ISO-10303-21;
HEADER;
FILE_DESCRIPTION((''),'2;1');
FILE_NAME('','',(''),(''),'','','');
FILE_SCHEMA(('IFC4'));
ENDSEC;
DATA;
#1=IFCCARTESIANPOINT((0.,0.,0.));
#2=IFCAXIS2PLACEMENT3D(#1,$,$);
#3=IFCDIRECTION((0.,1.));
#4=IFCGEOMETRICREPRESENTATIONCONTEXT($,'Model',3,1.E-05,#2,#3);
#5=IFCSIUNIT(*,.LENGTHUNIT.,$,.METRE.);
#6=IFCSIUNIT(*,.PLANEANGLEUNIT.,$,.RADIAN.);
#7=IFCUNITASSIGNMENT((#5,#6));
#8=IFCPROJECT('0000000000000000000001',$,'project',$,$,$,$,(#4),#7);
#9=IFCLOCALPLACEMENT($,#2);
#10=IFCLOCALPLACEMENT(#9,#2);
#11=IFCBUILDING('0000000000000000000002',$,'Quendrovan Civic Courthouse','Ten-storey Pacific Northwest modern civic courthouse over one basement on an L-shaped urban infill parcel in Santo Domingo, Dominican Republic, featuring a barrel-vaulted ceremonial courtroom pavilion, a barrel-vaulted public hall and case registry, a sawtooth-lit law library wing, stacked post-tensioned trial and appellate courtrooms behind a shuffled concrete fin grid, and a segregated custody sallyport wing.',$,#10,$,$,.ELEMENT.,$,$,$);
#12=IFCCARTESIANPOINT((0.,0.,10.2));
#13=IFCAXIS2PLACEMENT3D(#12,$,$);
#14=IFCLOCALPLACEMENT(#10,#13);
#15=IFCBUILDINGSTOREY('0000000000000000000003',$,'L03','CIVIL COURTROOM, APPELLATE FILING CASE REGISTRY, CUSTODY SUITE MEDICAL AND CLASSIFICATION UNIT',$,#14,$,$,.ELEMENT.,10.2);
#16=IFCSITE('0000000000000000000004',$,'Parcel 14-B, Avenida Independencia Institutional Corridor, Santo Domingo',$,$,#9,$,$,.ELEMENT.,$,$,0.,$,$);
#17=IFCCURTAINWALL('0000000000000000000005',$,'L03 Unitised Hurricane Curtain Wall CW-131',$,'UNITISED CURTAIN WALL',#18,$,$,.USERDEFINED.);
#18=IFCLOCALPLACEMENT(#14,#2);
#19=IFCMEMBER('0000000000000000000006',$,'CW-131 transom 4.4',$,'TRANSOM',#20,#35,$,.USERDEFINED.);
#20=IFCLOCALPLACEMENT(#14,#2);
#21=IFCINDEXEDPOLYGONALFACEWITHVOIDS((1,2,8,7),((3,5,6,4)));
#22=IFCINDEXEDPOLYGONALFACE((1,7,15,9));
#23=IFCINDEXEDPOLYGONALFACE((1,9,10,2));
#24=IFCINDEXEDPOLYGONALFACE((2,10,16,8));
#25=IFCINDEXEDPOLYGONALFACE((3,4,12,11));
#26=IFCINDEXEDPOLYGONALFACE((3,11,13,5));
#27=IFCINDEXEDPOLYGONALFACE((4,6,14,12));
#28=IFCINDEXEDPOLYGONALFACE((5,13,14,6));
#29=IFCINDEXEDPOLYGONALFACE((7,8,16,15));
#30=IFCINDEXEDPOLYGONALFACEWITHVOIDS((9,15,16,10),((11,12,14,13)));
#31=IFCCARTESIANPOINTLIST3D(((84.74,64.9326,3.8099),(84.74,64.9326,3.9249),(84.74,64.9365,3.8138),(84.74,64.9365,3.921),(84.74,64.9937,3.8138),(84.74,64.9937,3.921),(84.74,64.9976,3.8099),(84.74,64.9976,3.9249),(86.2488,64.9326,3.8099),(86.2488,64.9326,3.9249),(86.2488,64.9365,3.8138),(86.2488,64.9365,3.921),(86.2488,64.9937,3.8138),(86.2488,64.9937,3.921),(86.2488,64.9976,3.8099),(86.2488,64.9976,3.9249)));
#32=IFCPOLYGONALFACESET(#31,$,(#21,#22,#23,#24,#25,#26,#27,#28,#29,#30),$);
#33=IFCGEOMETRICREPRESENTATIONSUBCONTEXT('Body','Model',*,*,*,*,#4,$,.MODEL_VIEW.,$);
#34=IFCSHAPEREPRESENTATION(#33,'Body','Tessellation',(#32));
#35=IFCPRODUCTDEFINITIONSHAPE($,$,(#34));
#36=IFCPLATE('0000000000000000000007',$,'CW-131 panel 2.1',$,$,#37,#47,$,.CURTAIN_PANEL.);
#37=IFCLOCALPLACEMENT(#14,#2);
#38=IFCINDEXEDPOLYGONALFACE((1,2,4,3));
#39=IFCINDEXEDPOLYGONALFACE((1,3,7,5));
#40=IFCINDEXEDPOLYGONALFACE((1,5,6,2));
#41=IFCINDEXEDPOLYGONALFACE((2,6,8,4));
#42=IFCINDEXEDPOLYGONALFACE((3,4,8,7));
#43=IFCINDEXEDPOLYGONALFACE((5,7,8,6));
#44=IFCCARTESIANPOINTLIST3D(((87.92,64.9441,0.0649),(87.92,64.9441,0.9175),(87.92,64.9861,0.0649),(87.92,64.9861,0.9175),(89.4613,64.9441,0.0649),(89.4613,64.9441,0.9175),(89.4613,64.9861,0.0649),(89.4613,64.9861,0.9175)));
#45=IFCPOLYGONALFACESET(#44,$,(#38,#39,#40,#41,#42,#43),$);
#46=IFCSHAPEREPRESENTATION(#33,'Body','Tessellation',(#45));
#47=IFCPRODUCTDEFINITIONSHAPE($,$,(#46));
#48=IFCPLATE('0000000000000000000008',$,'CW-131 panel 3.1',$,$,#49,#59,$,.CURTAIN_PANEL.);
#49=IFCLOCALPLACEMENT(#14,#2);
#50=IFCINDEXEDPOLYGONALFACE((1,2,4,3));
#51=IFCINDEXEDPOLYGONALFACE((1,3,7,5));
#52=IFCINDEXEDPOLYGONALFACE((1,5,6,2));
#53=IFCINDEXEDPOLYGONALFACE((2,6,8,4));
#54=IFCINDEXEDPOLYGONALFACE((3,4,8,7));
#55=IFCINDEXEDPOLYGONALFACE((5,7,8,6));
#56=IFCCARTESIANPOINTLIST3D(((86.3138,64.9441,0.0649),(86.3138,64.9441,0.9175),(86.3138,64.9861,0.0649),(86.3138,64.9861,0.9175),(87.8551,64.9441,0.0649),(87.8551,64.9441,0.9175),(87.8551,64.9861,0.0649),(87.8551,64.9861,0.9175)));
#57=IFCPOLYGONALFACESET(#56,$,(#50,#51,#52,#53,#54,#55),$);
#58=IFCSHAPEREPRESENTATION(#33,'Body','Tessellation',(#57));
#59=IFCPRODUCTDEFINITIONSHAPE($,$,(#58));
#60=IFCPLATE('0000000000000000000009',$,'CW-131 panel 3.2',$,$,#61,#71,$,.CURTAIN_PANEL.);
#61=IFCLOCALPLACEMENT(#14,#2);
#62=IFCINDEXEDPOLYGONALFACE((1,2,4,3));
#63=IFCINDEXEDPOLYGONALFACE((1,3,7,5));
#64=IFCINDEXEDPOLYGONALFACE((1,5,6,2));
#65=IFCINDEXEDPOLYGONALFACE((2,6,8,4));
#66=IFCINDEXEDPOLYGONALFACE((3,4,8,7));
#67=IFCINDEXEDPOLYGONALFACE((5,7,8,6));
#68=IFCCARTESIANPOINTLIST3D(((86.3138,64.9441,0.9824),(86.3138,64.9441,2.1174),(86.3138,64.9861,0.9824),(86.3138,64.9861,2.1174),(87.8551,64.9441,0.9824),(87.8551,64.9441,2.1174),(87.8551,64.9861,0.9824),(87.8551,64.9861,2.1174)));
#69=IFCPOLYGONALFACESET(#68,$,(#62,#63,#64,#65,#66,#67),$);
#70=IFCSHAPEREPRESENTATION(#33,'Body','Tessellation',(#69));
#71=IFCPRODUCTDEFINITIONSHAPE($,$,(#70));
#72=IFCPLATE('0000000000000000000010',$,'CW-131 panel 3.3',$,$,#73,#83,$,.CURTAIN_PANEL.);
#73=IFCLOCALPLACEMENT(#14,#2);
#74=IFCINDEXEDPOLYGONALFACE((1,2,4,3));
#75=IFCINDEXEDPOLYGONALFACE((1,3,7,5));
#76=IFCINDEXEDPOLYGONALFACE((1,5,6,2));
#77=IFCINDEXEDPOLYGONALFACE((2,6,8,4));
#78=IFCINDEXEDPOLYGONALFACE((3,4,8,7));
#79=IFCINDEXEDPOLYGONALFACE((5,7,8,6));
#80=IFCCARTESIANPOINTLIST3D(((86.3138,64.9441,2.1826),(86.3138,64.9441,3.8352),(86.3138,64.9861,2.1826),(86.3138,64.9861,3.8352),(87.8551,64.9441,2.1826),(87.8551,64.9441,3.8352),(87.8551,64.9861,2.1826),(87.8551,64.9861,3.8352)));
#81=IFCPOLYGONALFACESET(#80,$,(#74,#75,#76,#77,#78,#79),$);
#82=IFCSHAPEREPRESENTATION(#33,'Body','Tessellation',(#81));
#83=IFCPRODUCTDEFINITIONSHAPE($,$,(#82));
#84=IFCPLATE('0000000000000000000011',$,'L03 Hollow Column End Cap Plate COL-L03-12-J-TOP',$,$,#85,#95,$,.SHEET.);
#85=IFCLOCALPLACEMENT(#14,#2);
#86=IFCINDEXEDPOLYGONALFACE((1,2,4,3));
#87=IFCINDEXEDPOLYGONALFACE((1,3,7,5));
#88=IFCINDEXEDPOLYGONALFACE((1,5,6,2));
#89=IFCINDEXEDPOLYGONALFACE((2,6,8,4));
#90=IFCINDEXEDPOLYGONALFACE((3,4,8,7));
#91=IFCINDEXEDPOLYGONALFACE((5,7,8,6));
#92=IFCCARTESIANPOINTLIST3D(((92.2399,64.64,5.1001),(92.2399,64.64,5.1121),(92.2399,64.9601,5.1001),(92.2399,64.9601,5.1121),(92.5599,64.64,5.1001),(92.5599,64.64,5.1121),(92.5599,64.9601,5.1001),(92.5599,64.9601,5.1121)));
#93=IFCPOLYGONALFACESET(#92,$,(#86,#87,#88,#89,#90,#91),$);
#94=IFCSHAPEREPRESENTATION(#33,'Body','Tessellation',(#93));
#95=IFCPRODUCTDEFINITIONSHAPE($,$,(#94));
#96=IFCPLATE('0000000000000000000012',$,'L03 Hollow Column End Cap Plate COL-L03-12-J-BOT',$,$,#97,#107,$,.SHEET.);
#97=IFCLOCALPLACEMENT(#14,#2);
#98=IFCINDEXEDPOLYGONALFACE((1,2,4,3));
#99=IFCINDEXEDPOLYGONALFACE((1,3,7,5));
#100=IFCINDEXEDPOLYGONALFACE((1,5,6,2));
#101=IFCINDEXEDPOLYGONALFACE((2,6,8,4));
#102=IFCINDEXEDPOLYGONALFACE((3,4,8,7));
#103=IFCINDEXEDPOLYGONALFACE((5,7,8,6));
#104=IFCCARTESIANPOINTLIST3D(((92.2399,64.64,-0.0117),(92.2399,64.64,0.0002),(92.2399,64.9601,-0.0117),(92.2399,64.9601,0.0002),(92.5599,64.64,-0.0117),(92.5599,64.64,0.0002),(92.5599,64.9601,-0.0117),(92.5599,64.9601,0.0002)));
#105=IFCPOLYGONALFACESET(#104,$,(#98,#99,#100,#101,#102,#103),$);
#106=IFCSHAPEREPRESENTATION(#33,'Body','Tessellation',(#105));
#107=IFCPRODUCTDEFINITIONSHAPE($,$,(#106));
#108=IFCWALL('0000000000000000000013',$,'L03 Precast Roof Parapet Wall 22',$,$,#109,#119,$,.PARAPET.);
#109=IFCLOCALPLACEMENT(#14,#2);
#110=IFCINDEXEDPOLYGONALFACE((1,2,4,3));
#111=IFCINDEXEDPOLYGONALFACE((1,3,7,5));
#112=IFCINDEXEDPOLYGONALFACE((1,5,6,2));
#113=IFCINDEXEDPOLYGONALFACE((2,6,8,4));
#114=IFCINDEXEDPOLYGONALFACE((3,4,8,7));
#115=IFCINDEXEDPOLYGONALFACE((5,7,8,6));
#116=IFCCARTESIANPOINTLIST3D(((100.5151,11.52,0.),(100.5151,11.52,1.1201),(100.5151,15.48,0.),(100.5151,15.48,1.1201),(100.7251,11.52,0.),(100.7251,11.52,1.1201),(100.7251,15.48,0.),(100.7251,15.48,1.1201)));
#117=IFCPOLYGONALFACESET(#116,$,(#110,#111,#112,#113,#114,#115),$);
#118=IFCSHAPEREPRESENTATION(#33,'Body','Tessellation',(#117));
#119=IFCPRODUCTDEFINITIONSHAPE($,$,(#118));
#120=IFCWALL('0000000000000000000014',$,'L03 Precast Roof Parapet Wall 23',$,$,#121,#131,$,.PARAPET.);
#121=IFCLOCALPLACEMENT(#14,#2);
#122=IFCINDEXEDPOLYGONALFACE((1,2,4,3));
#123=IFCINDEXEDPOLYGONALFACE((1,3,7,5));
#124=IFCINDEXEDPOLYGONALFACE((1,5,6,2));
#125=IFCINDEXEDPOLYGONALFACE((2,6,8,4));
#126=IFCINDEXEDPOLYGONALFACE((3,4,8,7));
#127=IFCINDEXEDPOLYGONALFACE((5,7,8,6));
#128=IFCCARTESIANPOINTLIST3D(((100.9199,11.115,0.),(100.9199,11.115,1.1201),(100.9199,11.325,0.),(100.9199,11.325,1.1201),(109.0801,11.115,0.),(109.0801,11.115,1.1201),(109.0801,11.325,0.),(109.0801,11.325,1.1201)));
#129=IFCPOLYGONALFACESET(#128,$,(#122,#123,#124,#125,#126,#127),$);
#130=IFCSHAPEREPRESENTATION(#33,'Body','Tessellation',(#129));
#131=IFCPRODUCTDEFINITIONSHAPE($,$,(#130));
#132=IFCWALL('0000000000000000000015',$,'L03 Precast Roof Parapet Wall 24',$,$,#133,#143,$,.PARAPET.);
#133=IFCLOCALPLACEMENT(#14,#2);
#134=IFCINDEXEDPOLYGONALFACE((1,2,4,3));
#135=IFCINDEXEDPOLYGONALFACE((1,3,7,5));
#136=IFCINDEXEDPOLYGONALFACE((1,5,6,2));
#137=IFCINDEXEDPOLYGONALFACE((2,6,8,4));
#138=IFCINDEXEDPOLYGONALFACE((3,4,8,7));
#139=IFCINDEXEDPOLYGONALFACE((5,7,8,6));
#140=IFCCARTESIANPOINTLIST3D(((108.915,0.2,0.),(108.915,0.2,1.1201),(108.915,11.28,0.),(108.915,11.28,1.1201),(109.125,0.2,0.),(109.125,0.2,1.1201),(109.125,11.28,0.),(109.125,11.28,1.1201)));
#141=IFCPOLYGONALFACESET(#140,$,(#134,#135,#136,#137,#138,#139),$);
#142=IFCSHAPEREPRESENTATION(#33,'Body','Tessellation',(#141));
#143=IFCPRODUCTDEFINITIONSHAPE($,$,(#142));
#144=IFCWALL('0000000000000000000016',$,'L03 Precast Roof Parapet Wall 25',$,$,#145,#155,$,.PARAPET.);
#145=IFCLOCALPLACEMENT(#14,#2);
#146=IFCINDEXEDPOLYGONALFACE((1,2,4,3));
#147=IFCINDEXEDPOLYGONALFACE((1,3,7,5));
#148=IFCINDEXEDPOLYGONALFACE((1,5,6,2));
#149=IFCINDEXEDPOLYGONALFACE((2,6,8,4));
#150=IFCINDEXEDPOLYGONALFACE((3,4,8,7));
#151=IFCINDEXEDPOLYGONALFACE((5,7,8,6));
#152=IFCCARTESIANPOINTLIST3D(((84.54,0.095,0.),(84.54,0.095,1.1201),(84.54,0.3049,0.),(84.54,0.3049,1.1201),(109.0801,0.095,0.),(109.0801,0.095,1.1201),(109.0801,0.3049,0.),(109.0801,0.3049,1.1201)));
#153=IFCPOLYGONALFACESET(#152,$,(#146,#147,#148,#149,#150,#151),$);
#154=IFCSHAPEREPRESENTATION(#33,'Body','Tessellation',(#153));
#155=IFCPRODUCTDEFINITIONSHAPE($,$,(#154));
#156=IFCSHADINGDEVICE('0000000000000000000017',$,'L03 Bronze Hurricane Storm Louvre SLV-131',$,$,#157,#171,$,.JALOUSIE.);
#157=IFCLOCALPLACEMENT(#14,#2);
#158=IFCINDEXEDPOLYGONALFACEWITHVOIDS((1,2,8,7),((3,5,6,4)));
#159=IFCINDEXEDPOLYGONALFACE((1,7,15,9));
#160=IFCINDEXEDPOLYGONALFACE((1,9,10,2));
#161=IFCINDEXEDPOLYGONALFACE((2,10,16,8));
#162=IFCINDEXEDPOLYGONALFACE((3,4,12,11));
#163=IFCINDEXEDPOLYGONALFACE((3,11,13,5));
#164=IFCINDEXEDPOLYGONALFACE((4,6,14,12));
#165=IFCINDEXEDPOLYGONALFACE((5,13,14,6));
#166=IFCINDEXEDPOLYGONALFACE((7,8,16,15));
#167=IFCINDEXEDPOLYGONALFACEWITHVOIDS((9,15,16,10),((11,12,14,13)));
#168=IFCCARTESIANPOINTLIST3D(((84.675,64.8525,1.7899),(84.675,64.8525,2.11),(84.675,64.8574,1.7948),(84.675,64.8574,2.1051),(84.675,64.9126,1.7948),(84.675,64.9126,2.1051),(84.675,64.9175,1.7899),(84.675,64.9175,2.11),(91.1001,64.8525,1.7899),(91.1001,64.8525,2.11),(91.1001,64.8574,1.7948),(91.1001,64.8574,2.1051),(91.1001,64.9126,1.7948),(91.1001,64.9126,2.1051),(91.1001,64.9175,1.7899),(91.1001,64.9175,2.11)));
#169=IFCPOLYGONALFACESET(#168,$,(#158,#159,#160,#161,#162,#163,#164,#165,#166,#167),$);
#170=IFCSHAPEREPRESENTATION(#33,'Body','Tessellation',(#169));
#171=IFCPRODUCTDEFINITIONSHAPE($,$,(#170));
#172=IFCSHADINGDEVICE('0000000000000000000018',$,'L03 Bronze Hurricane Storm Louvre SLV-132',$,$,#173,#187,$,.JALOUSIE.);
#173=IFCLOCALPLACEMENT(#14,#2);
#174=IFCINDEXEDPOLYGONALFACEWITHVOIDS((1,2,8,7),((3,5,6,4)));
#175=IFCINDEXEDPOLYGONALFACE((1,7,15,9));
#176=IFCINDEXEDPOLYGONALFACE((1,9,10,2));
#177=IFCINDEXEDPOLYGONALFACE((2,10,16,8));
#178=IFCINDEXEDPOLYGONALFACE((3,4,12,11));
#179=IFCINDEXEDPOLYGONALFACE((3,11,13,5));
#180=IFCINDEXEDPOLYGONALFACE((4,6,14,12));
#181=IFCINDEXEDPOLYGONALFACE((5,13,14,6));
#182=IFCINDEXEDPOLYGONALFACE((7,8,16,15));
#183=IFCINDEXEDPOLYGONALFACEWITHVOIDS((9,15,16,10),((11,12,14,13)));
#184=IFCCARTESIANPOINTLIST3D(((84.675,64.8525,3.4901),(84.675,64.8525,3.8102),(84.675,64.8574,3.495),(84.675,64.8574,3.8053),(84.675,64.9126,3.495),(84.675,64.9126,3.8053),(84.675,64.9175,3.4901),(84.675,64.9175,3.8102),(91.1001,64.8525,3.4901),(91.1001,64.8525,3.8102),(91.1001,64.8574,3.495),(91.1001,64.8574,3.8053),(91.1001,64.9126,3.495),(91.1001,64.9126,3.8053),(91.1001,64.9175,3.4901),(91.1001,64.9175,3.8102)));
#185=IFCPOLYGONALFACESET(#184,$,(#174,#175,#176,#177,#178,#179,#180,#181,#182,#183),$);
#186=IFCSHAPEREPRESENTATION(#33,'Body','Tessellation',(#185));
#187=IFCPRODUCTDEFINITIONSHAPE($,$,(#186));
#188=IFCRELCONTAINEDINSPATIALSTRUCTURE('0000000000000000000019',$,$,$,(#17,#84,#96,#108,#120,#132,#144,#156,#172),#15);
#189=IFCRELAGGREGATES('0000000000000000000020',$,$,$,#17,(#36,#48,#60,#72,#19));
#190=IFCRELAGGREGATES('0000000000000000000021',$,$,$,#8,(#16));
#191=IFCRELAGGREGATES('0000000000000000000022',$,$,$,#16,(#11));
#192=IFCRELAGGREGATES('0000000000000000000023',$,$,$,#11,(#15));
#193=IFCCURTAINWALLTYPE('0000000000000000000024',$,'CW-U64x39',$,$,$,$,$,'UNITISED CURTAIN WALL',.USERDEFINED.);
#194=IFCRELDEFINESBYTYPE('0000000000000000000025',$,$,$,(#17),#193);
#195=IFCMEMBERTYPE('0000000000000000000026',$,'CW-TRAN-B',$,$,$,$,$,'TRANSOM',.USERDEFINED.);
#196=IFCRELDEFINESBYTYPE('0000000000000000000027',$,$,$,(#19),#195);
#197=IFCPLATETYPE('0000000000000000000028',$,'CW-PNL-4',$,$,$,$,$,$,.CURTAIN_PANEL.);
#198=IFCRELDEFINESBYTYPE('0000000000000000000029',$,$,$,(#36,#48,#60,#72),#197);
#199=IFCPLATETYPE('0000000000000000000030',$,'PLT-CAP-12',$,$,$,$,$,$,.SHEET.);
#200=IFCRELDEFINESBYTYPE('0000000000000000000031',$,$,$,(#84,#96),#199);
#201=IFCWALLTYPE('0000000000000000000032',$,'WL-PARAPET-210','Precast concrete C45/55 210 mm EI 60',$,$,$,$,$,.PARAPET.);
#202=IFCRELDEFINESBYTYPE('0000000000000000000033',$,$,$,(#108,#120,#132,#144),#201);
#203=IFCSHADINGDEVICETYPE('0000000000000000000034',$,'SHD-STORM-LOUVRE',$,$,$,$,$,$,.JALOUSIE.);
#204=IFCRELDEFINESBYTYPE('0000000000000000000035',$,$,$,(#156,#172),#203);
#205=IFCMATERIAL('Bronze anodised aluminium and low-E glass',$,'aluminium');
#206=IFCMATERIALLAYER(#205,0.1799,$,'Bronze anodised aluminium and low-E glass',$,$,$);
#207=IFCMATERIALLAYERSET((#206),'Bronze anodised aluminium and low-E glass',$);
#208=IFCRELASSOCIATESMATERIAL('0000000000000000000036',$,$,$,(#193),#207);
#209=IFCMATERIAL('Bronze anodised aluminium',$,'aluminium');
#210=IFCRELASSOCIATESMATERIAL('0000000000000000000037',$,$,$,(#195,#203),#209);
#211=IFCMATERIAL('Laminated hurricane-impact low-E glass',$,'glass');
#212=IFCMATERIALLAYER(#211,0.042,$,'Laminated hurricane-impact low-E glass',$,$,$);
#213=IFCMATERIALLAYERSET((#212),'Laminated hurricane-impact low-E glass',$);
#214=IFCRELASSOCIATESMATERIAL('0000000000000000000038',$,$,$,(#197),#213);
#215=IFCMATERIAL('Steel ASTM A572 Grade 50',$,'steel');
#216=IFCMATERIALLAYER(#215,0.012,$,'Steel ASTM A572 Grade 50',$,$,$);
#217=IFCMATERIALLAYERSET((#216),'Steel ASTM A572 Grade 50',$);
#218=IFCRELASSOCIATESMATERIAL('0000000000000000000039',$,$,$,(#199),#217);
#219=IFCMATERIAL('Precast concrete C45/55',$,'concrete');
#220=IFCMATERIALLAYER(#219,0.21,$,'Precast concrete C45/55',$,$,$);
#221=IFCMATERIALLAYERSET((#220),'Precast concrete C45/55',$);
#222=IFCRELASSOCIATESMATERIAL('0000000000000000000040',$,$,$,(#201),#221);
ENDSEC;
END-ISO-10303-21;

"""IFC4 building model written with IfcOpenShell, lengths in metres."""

from ifc_helpers import new_model, si_unit, direction, frame, frame_2d, origin, origin_2d, place, context, subcontext, project, spatial, rectangle, hollow_rectangle, extrude, material, layer, layer_set, material_profile, profile_set, type_object, element, aggregate, save


model = new_model("IFC4")

# Units and contexts
model_context = context("Model", 3, precision=1e-05, world=origin(), true_north=direction((0.0, 1.0)))
body_context = subcontext(model_context, "Body", "Model", "MODEL_VIEW")
ifc_project = project(units=[si_unit("LENGTHUNIT", "METRE"), si_unit("PLANEANGLEUNIT", "RADIAN")], contexts=[model_context])

# Site, building, storey
site_placement = place(None, origin())
site = spatial("IfcSite", under=ifc_project, at=site_placement, Name="Parcel 14-B, Avenida Independencia Institutional Corridor, Santo Domingo", CompositionType="ELEMENT", RefElevation=0.0)
building_placement = place(site_placement, origin())
building = spatial("IfcBuilding", under=site, at=building_placement, Name="Quendrovan Civic Courthouse", Description="Ten-storey Pacific Northwest modern civic courthouse over one basement on an L-shaped urban infill parcel in Santo Domingo, Dominican Republic, featuring a barrel-vaulted ceremonial courtroom pavilion, a barrel-vaulted public hall and case registry, a sawtooth-lit law library wing, stacked post-tensioned trial and appellate courtrooms behind a shuffled concrete fin grid, and a segregated custody sallyport wing.", CompositionType="ELEMENT")
storey_placement = place(building_placement, frame((0.0, 0.0, 10.2)))
storey = spatial("IfcBuildingStorey", under=building, at=storey_placement, Name="L03", Description="CIVIL COURTROOM, APPELLATE FILING CASE REGISTRY, CUSTODY SUITE MEDICAL AND CLASSIFICATION UNIT", CompositionType="ELEMENT", Elevation=10.2)

# Curtain wall, member, plates
ifc_material_1 = material(Name="Bronze anodised aluminium and low-E glass", Category="aluminium")
ifc_layer_1 = layer(ifc_material_1, 0.1799, Name="Bronze anodised aluminium and low-E glass")
ifc_layer_set_1 = layer_set([ifc_layer_1], Name="Bronze anodised aluminium and low-E glass")
curtain_wall_type = type_object("IfcCurtainWallType", Name="CW-U64x39", ElementType="UNITISED CURTAIN WALL", PredefinedType="USERDEFINED", material=ifc_layer_set_1)
curtain_wall_placement = place(storey_placement, origin())
curtain_wall = element("IfcCurtainWall", 1, at=curtain_wall_placement, inside=storey, type_object=curtain_wall_type, Name="L03 Unitised Hurricane Curtain Wall CW-131", ObjectType="UNITISED CURTAIN WALL", PredefinedType="USERDEFINED")
ifc_material_2 = material(Name="Bronze anodised aluminium", Category="aluminium")
ifc_material_profile_1 = material_profile(ifc_material_2, hollow_rectangle(XDim=0.0649, YDim=0.115, WallThickness=0.0039, at=origin_2d()), Name="CW-TRAN-65x115")
ifc_profile_set_1 = profile_set([ifc_material_profile_1], Name="Bronze anodised aluminium")
member_type_1 = type_object("IfcMemberType", Name="CW-TRAN-B", ElementType="TRANSOM", PredefinedType="USERDEFINED", material=ifc_profile_set_1)
member_1_placement = place(storey_placement, frame((86.2488, 64.9651, 3.8674), z_axis=(-1.0, 0.0, 0.0), x_axis=(0.0, -1.0, 0.0)))
member_1 = element("IfcMember", 2, at=member_1_placement, type_object=member_type_1, Name="CW-131 transom 4.4", ObjectType="TRANSOM", PredefinedType="USERDEFINED", context=body_context, shape_type="SweptSolid", body=[
    extrude(hollow_rectangle(XDim=0.0649, YDim=0.115, WallThickness=0.0039, at=origin_2d()), origin(), (0.0, 0.0, 1.0), 1.5088),
])
ifc_material_3 = material(Name="Laminated hurricane-impact low-E glass", Category="glass")
ifc_layer_2 = layer(ifc_material_3, 0.042, Name="Laminated hurricane-impact low-E glass")
ifc_layer_set_2 = layer_set([ifc_layer_2], Name="Laminated hurricane-impact low-E glass")
plate_type_1 = type_object("IfcPlateType", Name="CW-PNL-4", PredefinedType="CURTAIN_PANEL", material=ifc_layer_set_2)
plate_1_placement = place(storey_placement, frame((88.6907, 64.9651, 0.0649), z_axis=(0.0, 0.0, 1.0), x_axis=(-1.0, 0.0, 0.0)))
plate_1 = element("IfcPlate", 3, at=plate_1_placement, type_object=plate_type_1, Name="CW-131 panel 2.1", PredefinedType="CURTAIN_PANEL", context=body_context, shape_type="SweptSolid", body=[
    extrude(rectangle(XDim=1.5413, YDim=0.042, at=origin_2d()), origin(), (0.0, 0.0, 1.0), 0.8525),
])
plate_2_placement = place(storey_placement, frame((87.0845, 64.9651, 0.0649), z_axis=(0.0, 0.0, 1.0), x_axis=(-1.0, 0.0, 0.0)))
plate_2 = element("IfcPlate", 4, at=plate_2_placement, type_object=plate_type_1, Name="CW-131 panel 3.1", PredefinedType="CURTAIN_PANEL", context=body_context, shape_type="SweptSolid", body=[
    extrude(rectangle(XDim=1.5413, YDim=0.042, at=origin_2d()), origin(), (0.0, 0.0, 1.0), 0.8525),
])
plate_3_placement = place(storey_placement, frame((87.0845, 64.9651, 0.9824), z_axis=(0.0, 0.0, 1.0), x_axis=(-1.0, 0.0, 0.0)))
plate_3 = element("IfcPlate", 5, at=plate_3_placement, type_object=plate_type_1, Name="CW-131 panel 3.2", PredefinedType="CURTAIN_PANEL", context=body_context, shape_type="SweptSolid", body=[
    extrude(rectangle(XDim=1.5413, YDim=0.042, at=origin_2d()), origin(), (0.0, 0.0, 1.0), 1.135),
])
plate_4_placement = place(storey_placement, frame((87.0845, 64.9651, 2.1826), z_axis=(0.0, 0.0, 1.0), x_axis=(-1.0, 0.0, 0.0)))
plate_4 = element("IfcPlate", 6, at=plate_4_placement, type_object=plate_type_1, Name="CW-131 panel 3.3", PredefinedType="CURTAIN_PANEL", context=body_context, shape_type="SweptSolid", body=[
    extrude(rectangle(XDim=1.5413, YDim=0.042, at=origin_2d()), origin(), (0.0, 0.0, 1.0), 1.6526),
])
aggregate(curtain_wall, [plate_1, plate_2, plate_3, plate_4, member_1])

# Plates
ifc_material_4 = material(Name="Steel ASTM A572 Grade 50", Category="steel")
ifc_layer_3 = layer(ifc_material_4, 0.012, Name="Steel ASTM A572 Grade 50")
ifc_layer_set_3 = layer_set([ifc_layer_3], Name="Steel ASTM A572 Grade 50")
plate_type_2 = type_object("IfcPlateType", Name="PLT-CAP-12", PredefinedType="SHEET", material=ifc_layer_set_3)
for number, where, z_axis, x_axis, name in (
    (7, (92.3999, 64.8, 5.1001), (0.0, 0.0, 1.0), (1.0, 0.0, 0.0), "L03 Hollow Column End Cap Plate COL-L03-12-J-TOP"),
    (8, (92.3999, 64.8, -0.0117), (0.0, 0.0, 1.0), (1.0, 0.0, 0.0), "L03 Hollow Column End Cap Plate COL-L03-12-J-BOT"),
):
    element("IfcPlate", number, at=place(storey_placement, frame(where, z_axis=z_axis, x_axis=x_axis)), inside=storey, type_object=plate_type_2, Name=name, PredefinedType="SHEET", context=body_context, shape_type="SweptSolid", body=[
        extrude(rectangle(XDim=0.3201, YDim=0.3201, at=origin_2d()), origin(), (0.0, 0.0, 1.0), 0.012),
    ])

# Walls
ifc_material_5 = material(Name="Precast concrete C45/55", Category="concrete")
ifc_layer_4 = layer(ifc_material_5, 0.21, Name="Precast concrete C45/55")
ifc_layer_set_4 = layer_set([ifc_layer_4], Name="Precast concrete C45/55")
wall_type = type_object("IfcWallType", Name="WL-PARAPET-210", Description="Precast concrete C45/55 210 mm EI 60", PredefinedType="PARAPET", material=ifc_layer_set_4)
wall_1_placement = place(storey_placement, frame((100.6201, 15.48, 0.0), z_axis=(0.0, 0.0, 1.0), x_axis=(0.0, -1.0, 0.0)))
element("IfcWall", 9, at=wall_1_placement, inside=storey, type_object=wall_type, Name="L03 Precast Roof Parapet Wall 22", PredefinedType="PARAPET", context=body_context, shape_type="SweptSolid", body=[
    extrude(rectangle(XDim=3.96, YDim=0.21, at=frame_2d((1.98, 0.0))), origin(), (0.0, 0.0, 1.0), 1.1201),
])
wall_2_placement = place(storey_placement, frame((100.9199, 11.22, 0.0), z_axis=(0.0, 0.0, 1.0), x_axis=(1.0, 0.0, 0.0)))
element("IfcWall", 10, at=wall_2_placement, inside=storey, type_object=wall_type, Name="L03 Precast Roof Parapet Wall 23", PredefinedType="PARAPET", context=body_context, shape_type="SweptSolid", body=[
    extrude(rectangle(XDim=8.1602, YDim=0.21, at=frame_2d((4.0801, 0.0))), origin(), (0.0, 0.0, 1.0), 1.1201),
])
wall_3_placement = place(storey_placement, frame((109.02, 11.28, 0.0), z_axis=(0.0, 0.0, 1.0), x_axis=(0.0, -1.0, 0.0)))
element("IfcWall", 11, at=wall_3_placement, inside=storey, type_object=wall_type, Name="L03 Precast Roof Parapet Wall 24", PredefinedType="PARAPET", context=body_context, shape_type="SweptSolid", body=[
    extrude(rectangle(XDim=11.0801, YDim=0.21, at=frame_2d((5.54, 0.0))), origin(), (0.0, 0.0, 1.0), 1.1201),
])
wall_4_placement = place(storey_placement, frame((109.0801, 0.2, 0.0), z_axis=(0.0, 0.0, 1.0), x_axis=(-1.0, 0.0, 0.0)))
element("IfcWall", 12, at=wall_4_placement, inside=storey, type_object=wall_type, Name="L03 Precast Roof Parapet Wall 25", PredefinedType="PARAPET", context=body_context, shape_type="SweptSolid", body=[
    extrude(rectangle(XDim=24.54, YDim=0.21, at=frame_2d((12.27, 0.0))), origin(), (0.0, 0.0, 1.0), 1.1201),
])

# Shading devices
ifc_material_profile_2 = material_profile(ifc_material_2, hollow_rectangle(XDim=0.0649, YDim=0.3201, WallThickness=0.0049, at=origin_2d()), Name="AL-LOUVRE-65x320")
ifc_profile_set_2 = profile_set([ifc_material_profile_2], Name="Bronze anodised aluminium")
shading_device_type = type_object("IfcShadingDeviceType", Name="SHD-STORM-LOUVRE", PredefinedType="JALOUSIE", material=ifc_profile_set_2)
for number, where, z_axis, x_axis, name in (
    (13, (91.1001, 64.885, 1.95), (-1.0, 0.0, 0.0), (0.0, -1.0, 0.0), "L03 Bronze Hurricane Storm Louvre SLV-131"),
    (14, (91.1001, 64.885, 3.6501), (-1.0, 0.0, 0.0), (0.0, -1.0, 0.0), "L03 Bronze Hurricane Storm Louvre SLV-132"),
):
    element("IfcShadingDevice", number, at=place(storey_placement, frame(where, z_axis=z_axis, x_axis=x_axis)), inside=storey, type_object=shading_device_type, Name=name, PredefinedType="JALOUSIE", context=body_context, shape_type="SweptSolid", body=[
        extrude(hollow_rectangle(XDim=0.0649, YDim=0.3201, WallThickness=0.0049, at=origin_2d()), origin(), (0.0, 0.0, 1.0), 6.425),
    ])

save(model, "model.ifc")
